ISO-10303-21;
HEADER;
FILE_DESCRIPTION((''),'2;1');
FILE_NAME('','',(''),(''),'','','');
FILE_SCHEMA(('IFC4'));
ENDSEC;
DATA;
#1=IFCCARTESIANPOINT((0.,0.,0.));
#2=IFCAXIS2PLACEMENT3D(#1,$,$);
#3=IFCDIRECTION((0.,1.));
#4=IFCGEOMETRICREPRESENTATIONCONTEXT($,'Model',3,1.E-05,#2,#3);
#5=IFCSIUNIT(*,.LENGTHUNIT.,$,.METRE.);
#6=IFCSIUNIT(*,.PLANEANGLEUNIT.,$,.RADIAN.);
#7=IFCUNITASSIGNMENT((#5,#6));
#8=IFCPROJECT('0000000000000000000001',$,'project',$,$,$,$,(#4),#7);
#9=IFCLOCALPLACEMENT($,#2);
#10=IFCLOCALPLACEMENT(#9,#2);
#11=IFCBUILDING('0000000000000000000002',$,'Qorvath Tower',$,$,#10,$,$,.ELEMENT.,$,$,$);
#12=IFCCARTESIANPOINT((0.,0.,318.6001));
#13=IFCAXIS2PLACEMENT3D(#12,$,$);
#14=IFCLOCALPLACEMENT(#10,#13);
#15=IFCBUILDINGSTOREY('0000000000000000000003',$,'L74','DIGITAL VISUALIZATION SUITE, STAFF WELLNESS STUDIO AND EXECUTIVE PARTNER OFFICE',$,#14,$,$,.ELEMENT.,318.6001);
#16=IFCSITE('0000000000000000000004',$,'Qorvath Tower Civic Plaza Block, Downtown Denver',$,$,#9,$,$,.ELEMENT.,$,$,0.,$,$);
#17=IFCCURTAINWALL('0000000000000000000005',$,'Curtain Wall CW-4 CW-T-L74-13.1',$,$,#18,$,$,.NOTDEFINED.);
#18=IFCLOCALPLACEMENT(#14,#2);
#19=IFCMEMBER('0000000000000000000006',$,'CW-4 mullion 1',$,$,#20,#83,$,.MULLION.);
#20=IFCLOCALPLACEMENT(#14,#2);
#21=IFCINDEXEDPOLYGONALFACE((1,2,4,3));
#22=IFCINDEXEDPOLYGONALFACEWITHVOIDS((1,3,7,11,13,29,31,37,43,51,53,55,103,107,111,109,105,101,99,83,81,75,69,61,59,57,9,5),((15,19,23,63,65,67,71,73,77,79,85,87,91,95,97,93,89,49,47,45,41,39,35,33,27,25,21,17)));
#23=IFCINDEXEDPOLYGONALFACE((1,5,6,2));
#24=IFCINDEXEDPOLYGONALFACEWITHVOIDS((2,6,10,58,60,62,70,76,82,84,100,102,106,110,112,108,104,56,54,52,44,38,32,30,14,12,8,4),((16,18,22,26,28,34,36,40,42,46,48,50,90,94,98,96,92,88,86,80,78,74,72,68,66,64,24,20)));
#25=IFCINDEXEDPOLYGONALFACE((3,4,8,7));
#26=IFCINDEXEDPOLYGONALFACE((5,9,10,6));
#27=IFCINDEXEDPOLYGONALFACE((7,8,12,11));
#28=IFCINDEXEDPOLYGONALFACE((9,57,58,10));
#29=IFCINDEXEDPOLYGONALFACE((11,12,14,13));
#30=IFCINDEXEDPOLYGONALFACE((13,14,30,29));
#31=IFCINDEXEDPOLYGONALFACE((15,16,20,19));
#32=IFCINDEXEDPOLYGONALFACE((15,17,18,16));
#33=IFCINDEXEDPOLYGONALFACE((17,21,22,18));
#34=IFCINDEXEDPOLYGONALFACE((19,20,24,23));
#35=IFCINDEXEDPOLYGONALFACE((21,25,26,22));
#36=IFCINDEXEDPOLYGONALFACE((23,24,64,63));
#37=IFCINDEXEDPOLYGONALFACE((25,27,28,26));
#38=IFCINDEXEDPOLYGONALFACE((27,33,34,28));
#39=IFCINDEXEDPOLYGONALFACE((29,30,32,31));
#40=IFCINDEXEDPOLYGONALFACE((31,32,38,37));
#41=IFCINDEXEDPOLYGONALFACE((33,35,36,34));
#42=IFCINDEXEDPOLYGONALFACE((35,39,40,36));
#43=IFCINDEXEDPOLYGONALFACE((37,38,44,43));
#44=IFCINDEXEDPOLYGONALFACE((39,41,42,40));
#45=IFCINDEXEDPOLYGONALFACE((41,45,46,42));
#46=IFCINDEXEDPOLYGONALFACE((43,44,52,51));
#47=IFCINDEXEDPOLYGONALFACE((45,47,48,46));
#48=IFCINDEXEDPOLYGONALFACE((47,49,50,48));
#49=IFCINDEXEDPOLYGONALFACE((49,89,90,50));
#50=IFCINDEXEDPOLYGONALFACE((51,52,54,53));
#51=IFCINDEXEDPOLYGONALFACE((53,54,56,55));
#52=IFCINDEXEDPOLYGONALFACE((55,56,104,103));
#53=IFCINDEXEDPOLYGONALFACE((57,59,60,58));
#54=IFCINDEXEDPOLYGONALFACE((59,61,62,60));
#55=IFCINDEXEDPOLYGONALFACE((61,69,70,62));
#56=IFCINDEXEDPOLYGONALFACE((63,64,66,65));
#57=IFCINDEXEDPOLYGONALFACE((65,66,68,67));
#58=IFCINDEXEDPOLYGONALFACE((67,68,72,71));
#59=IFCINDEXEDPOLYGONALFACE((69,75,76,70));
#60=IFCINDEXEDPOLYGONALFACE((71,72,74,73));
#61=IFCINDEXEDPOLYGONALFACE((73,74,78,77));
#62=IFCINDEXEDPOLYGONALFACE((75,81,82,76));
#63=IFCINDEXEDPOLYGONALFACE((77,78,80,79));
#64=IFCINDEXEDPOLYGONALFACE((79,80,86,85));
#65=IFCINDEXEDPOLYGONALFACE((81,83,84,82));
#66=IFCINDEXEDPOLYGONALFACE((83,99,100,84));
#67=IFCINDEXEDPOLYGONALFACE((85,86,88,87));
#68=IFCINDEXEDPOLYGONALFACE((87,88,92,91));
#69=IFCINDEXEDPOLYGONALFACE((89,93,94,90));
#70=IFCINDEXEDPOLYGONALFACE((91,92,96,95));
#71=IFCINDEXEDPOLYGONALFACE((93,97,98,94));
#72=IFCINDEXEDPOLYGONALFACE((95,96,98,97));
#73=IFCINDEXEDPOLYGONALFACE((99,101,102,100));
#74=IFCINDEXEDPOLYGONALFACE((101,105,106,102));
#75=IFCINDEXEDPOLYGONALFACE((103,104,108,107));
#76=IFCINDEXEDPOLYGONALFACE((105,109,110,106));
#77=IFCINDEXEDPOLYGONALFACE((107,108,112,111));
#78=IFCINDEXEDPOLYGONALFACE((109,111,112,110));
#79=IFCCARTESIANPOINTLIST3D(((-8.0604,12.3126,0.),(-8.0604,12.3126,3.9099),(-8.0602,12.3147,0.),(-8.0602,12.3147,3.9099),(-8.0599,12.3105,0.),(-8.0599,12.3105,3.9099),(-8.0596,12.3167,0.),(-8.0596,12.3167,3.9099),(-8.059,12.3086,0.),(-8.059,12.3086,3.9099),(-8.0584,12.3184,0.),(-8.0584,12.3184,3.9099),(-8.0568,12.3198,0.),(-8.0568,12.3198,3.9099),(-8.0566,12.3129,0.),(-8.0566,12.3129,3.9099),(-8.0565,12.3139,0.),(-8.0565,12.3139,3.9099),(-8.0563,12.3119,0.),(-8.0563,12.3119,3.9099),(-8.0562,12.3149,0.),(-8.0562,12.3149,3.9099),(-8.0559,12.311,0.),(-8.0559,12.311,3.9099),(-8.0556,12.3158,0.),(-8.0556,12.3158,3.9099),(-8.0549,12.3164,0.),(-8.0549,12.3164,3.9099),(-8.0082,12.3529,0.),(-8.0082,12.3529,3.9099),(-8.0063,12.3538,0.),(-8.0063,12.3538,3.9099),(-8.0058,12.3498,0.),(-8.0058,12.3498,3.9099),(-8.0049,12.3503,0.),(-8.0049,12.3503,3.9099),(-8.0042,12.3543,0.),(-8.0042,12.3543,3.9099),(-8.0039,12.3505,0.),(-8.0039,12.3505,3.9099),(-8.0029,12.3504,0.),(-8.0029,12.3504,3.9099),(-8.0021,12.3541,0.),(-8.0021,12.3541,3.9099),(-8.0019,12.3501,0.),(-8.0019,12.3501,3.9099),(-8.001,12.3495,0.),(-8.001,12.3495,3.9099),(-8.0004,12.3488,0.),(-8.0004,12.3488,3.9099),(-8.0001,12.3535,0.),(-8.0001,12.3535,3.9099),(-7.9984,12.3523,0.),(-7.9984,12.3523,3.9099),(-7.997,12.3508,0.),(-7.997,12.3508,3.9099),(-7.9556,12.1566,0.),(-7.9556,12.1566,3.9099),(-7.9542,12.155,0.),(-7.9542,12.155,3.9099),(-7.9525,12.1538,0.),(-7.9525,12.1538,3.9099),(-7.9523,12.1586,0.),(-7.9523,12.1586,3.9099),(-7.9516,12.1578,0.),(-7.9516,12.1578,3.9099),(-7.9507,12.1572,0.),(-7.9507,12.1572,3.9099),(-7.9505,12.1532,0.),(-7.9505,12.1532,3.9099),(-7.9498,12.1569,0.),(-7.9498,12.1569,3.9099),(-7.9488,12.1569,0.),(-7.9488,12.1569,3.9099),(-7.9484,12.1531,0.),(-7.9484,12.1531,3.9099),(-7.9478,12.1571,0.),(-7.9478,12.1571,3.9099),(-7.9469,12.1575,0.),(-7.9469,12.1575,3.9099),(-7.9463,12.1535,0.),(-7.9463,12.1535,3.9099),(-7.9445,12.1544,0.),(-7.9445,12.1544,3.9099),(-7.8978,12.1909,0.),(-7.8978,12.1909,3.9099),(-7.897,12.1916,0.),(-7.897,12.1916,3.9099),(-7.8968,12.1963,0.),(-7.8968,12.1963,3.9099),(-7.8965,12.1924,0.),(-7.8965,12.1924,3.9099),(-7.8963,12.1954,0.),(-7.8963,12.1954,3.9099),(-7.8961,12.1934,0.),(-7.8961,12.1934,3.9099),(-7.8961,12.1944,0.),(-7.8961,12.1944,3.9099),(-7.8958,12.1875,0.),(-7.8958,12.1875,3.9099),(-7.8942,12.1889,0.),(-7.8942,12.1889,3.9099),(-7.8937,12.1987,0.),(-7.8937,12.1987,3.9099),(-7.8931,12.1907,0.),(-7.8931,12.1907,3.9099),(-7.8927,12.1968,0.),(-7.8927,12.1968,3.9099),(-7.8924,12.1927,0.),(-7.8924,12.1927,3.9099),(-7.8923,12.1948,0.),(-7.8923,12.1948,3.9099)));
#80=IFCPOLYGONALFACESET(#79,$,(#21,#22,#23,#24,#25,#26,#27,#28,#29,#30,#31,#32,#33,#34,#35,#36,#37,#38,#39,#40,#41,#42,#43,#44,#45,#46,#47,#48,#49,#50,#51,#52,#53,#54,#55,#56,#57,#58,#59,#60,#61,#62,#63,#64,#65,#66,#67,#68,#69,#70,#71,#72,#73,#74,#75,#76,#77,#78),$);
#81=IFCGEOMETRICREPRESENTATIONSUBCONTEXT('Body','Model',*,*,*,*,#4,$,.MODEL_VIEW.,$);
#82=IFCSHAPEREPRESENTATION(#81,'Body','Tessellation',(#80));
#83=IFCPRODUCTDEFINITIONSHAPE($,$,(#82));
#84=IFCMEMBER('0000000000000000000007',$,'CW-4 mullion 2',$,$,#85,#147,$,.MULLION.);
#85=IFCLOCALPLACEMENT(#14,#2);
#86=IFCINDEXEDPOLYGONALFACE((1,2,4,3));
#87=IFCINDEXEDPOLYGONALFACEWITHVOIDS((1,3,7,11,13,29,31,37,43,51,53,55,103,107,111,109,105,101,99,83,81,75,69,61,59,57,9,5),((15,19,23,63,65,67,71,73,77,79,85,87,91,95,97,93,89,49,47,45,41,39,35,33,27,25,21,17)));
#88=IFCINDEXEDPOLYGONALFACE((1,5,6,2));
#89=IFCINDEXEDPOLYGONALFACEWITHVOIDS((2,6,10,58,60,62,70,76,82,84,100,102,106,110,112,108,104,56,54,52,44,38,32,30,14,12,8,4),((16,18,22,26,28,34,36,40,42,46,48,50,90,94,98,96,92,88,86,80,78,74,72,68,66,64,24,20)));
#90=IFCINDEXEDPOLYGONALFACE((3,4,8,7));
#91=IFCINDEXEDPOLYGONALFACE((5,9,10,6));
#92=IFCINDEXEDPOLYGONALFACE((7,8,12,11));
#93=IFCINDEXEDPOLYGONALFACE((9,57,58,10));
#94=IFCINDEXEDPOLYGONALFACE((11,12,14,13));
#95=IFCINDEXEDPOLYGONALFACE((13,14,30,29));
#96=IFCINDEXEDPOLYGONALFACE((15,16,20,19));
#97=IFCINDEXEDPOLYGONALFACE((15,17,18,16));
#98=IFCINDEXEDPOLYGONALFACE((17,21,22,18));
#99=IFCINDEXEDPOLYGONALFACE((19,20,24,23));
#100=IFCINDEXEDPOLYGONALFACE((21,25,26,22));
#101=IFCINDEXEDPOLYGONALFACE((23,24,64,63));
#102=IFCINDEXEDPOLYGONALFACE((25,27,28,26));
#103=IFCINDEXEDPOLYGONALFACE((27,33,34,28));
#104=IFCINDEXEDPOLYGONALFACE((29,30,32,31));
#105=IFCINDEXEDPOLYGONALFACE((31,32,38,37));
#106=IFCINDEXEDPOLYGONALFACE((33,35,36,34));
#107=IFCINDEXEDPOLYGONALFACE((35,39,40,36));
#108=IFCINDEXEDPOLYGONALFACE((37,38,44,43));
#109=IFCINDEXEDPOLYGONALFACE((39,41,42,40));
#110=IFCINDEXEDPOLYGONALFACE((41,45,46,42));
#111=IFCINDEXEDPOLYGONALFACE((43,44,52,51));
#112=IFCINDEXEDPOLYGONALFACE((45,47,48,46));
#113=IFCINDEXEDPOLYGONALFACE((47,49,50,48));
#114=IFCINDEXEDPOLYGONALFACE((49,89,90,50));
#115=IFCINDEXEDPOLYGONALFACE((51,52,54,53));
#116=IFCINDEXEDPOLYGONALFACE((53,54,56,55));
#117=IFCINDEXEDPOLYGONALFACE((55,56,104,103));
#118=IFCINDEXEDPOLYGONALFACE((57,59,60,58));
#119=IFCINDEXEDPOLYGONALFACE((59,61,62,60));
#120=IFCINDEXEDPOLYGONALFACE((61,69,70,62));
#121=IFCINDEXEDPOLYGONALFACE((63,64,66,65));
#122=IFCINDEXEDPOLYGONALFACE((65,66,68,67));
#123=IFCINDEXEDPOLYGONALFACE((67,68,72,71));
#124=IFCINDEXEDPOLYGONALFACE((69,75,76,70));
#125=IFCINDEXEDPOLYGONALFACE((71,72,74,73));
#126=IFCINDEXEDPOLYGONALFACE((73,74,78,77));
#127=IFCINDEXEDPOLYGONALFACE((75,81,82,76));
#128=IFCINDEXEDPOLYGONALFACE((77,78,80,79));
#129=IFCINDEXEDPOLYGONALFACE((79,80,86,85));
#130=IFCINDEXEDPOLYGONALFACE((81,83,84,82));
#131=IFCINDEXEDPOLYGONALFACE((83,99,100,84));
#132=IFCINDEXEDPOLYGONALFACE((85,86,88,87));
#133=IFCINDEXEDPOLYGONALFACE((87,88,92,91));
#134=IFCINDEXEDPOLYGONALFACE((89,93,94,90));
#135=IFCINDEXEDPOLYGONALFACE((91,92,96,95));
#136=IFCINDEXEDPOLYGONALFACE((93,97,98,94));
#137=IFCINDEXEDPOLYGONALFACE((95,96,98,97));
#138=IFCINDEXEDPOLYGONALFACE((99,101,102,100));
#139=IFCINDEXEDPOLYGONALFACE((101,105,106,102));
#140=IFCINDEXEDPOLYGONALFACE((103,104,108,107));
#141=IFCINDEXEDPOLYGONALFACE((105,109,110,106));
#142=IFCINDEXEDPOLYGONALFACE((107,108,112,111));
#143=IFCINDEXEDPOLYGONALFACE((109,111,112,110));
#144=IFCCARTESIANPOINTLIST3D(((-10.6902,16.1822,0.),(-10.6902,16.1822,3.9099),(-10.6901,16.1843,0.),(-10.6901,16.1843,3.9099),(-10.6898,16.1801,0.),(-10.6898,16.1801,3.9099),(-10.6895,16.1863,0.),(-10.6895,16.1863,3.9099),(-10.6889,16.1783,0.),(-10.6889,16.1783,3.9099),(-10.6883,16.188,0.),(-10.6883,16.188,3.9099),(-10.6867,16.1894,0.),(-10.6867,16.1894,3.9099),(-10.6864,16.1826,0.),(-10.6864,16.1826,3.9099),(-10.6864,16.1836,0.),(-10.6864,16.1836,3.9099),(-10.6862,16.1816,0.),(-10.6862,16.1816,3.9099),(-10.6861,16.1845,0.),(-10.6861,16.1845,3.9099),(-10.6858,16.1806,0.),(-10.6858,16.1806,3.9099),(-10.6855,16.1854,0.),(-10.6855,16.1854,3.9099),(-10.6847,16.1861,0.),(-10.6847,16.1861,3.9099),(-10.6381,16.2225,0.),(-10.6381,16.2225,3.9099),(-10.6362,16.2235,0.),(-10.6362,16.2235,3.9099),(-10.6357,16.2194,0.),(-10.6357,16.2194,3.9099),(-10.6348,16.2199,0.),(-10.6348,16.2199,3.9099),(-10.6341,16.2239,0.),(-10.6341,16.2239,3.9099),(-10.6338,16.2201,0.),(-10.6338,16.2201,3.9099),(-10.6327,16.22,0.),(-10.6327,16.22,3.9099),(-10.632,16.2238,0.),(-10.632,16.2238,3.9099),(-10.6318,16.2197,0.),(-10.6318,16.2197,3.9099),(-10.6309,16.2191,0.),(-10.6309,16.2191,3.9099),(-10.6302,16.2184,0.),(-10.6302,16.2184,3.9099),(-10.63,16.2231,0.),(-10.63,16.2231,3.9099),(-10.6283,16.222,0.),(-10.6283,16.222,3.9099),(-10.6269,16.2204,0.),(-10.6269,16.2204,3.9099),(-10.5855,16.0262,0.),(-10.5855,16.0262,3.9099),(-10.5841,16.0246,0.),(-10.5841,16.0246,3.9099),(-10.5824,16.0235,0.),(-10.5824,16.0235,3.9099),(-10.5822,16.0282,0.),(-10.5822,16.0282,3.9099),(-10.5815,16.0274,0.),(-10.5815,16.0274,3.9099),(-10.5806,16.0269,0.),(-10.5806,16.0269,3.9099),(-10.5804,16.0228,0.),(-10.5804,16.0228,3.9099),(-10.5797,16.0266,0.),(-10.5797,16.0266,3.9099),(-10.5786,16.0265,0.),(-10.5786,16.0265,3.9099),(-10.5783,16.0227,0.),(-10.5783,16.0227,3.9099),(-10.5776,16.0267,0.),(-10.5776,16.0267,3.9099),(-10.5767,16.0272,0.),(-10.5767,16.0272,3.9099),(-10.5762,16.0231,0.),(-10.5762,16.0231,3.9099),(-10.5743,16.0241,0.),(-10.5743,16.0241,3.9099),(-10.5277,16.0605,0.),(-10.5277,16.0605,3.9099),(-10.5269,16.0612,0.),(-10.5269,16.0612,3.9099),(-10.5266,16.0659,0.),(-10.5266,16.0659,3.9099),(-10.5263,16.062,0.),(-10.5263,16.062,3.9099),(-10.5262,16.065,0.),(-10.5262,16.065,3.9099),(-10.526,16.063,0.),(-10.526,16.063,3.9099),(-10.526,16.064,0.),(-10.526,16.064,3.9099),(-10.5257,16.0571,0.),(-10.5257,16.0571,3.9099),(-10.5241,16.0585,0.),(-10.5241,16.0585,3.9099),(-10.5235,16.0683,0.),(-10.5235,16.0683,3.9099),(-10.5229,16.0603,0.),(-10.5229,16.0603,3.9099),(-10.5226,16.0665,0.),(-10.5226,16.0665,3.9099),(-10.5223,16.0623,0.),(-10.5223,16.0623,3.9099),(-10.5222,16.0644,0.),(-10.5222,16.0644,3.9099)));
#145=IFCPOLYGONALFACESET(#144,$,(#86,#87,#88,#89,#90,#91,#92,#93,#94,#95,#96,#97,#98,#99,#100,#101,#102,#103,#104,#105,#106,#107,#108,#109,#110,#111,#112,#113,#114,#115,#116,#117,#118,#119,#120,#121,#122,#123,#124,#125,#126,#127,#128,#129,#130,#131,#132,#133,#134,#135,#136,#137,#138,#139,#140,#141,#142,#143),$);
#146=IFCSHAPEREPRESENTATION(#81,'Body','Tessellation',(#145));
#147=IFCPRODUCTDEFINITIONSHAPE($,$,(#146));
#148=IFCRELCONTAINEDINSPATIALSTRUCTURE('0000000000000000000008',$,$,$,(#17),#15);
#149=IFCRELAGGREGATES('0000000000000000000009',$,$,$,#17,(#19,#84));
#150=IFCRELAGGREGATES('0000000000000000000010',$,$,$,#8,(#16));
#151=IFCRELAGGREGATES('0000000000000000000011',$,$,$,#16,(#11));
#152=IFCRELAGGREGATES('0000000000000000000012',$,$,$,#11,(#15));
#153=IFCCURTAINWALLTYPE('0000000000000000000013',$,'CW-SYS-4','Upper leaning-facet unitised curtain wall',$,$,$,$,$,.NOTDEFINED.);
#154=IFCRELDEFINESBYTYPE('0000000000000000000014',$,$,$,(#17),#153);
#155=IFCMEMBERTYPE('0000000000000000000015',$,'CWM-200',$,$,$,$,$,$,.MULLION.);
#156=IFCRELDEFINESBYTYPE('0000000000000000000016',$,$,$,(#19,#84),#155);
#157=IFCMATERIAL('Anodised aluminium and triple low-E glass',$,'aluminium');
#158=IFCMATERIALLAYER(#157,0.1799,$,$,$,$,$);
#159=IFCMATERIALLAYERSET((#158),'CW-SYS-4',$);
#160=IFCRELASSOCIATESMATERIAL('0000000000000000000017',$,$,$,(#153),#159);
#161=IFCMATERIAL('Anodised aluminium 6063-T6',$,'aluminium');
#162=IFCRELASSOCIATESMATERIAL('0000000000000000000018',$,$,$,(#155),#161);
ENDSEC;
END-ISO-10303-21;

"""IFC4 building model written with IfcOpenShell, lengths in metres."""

from ifc_helpers import new_model, si_unit, direction, frame, origin, origin_2d, place, context, subcontext, project, spatial, hollow_rectangle, extrude, material, layer, layer_set, material_profile, profile_set, type_object, element, aggregate, save


model = new_model("IFC4")

# Units and contexts
model_context = context("Model", 3, precision=1e-05, world=origin(), true_north=direction((0.0, 1.0)))
body_context = subcontext(model_context, "Body", "Model", "MODEL_VIEW")
ifc_project = project(units=[si_unit("LENGTHUNIT", "METRE"), si_unit("PLANEANGLEUNIT", "RADIAN")], contexts=[model_context])

# Site, building, storey
site_placement = place(None, origin())
site = spatial("IfcSite", under=ifc_project, at=site_placement, Name="Qorvath Tower Civic Plaza Block, Downtown Denver", CompositionType="ELEMENT", RefElevation=0.0)
building_placement = place(site_placement, origin())
building = spatial("IfcBuilding", under=site, at=building_placement, Name="Qorvath Tower", CompositionType="ELEMENT")
storey_placement = place(building_placement, frame((0.0, 0.0, 318.6001)))
storey = spatial("IfcBuildingStorey", under=building, at=storey_placement, Name="L74", Description="DIGITAL VISUALIZATION SUITE, STAFF WELLNESS STUDIO AND EXECUTIVE PARTNER OFFICE", CompositionType="ELEMENT", Elevation=318.6001)

# Shared definitions
ifc_material_1 = material(Name="Anodised aluminium and triple low-E glass", Category="aluminium")
ifc_layer_1 = layer(ifc_material_1, 0.1799)
ifc_layer_set_1 = layer_set([ifc_layer_1], Name="CW-SYS-4")
curtain_wall_type = type_object("IfcCurtainWallType", Name="CW-SYS-4", Description="Upper leaning-facet unitised curtain wall", PredefinedType="NOTDEFINED", material=ifc_layer_set_1)
ifc_material_2 = material(Name="Anodised aluminium 6063-T6", Category="aluminium")
ifc_material_profile_1 = material_profile(ifc_material_2, hollow_rectangle(XDim=0.075, YDim=0.2, WallThickness=0.0039, InnerFilletRadius=0.0039, OuterFilletRadius=0.0081, at=origin_2d()), Name="CWM 200x75")
ifc_profile_set_1 = profile_set([ifc_material_profile_1], Name="Anodised aluminium 6063-T6")
member_type_1 = type_object("IfcMemberType", Name="CWM-200", PredefinedType="MULLION", material=ifc_profile_set_1)

# Curtain wall, members
curtain_wall_1_placement = place(storey_placement, origin())
curtain_wall_1 = element("IfcCurtainWall", 1, at=curtain_wall_1_placement, inside=storey, type_object=curtain_wall_type, Name="Curtain Wall CW-4 CW-T-L74-13.1", PredefinedType="NOTDEFINED")
member_1_placement = place(storey_placement, frame((-7.9763, 12.2537, 0.0), z_axis=(0.0, 0.0, 1.0), x_axis=(-0.827082, -0.562082, 0.0)))
member_1 = element("IfcMember", 2, at=member_1_placement, type_object=member_type_1, Name="CW-4 mullion 1", PredefinedType="MULLION", context=body_context, shape_type="SweptSolid", body=[
    extrude(hollow_rectangle(XDim=0.075, YDim=0.2, WallThickness=0.0039, InnerFilletRadius=0.0039, OuterFilletRadius=0.0081, at=origin_2d()), origin(), (0.0, 0.0, 1.0), 3.9099),
])
member_2_placement = place(storey_placement, frame((-10.6062, 16.1233, 0.0), z_axis=(0.0, 0.0, 1.0), x_axis=(-0.827082, -0.562082, 0.0)))
member_2 = element("IfcMember", 3, at=member_2_placement, type_object=member_type_1, Name="CW-4 mullion 2", PredefinedType="MULLION", context=body_context, shape_type="SweptSolid", body=[
    extrude(hollow_rectangle(XDim=0.075, YDim=0.2, WallThickness=0.0039, InnerFilletRadius=0.0039, OuterFilletRadius=0.0081, at=origin_2d()), origin(), (0.0, 0.0, 1.0), 3.9099),
])

aggregate(curtain_wall_1, [member_1, member_2])

save(model, "model.ifc")
